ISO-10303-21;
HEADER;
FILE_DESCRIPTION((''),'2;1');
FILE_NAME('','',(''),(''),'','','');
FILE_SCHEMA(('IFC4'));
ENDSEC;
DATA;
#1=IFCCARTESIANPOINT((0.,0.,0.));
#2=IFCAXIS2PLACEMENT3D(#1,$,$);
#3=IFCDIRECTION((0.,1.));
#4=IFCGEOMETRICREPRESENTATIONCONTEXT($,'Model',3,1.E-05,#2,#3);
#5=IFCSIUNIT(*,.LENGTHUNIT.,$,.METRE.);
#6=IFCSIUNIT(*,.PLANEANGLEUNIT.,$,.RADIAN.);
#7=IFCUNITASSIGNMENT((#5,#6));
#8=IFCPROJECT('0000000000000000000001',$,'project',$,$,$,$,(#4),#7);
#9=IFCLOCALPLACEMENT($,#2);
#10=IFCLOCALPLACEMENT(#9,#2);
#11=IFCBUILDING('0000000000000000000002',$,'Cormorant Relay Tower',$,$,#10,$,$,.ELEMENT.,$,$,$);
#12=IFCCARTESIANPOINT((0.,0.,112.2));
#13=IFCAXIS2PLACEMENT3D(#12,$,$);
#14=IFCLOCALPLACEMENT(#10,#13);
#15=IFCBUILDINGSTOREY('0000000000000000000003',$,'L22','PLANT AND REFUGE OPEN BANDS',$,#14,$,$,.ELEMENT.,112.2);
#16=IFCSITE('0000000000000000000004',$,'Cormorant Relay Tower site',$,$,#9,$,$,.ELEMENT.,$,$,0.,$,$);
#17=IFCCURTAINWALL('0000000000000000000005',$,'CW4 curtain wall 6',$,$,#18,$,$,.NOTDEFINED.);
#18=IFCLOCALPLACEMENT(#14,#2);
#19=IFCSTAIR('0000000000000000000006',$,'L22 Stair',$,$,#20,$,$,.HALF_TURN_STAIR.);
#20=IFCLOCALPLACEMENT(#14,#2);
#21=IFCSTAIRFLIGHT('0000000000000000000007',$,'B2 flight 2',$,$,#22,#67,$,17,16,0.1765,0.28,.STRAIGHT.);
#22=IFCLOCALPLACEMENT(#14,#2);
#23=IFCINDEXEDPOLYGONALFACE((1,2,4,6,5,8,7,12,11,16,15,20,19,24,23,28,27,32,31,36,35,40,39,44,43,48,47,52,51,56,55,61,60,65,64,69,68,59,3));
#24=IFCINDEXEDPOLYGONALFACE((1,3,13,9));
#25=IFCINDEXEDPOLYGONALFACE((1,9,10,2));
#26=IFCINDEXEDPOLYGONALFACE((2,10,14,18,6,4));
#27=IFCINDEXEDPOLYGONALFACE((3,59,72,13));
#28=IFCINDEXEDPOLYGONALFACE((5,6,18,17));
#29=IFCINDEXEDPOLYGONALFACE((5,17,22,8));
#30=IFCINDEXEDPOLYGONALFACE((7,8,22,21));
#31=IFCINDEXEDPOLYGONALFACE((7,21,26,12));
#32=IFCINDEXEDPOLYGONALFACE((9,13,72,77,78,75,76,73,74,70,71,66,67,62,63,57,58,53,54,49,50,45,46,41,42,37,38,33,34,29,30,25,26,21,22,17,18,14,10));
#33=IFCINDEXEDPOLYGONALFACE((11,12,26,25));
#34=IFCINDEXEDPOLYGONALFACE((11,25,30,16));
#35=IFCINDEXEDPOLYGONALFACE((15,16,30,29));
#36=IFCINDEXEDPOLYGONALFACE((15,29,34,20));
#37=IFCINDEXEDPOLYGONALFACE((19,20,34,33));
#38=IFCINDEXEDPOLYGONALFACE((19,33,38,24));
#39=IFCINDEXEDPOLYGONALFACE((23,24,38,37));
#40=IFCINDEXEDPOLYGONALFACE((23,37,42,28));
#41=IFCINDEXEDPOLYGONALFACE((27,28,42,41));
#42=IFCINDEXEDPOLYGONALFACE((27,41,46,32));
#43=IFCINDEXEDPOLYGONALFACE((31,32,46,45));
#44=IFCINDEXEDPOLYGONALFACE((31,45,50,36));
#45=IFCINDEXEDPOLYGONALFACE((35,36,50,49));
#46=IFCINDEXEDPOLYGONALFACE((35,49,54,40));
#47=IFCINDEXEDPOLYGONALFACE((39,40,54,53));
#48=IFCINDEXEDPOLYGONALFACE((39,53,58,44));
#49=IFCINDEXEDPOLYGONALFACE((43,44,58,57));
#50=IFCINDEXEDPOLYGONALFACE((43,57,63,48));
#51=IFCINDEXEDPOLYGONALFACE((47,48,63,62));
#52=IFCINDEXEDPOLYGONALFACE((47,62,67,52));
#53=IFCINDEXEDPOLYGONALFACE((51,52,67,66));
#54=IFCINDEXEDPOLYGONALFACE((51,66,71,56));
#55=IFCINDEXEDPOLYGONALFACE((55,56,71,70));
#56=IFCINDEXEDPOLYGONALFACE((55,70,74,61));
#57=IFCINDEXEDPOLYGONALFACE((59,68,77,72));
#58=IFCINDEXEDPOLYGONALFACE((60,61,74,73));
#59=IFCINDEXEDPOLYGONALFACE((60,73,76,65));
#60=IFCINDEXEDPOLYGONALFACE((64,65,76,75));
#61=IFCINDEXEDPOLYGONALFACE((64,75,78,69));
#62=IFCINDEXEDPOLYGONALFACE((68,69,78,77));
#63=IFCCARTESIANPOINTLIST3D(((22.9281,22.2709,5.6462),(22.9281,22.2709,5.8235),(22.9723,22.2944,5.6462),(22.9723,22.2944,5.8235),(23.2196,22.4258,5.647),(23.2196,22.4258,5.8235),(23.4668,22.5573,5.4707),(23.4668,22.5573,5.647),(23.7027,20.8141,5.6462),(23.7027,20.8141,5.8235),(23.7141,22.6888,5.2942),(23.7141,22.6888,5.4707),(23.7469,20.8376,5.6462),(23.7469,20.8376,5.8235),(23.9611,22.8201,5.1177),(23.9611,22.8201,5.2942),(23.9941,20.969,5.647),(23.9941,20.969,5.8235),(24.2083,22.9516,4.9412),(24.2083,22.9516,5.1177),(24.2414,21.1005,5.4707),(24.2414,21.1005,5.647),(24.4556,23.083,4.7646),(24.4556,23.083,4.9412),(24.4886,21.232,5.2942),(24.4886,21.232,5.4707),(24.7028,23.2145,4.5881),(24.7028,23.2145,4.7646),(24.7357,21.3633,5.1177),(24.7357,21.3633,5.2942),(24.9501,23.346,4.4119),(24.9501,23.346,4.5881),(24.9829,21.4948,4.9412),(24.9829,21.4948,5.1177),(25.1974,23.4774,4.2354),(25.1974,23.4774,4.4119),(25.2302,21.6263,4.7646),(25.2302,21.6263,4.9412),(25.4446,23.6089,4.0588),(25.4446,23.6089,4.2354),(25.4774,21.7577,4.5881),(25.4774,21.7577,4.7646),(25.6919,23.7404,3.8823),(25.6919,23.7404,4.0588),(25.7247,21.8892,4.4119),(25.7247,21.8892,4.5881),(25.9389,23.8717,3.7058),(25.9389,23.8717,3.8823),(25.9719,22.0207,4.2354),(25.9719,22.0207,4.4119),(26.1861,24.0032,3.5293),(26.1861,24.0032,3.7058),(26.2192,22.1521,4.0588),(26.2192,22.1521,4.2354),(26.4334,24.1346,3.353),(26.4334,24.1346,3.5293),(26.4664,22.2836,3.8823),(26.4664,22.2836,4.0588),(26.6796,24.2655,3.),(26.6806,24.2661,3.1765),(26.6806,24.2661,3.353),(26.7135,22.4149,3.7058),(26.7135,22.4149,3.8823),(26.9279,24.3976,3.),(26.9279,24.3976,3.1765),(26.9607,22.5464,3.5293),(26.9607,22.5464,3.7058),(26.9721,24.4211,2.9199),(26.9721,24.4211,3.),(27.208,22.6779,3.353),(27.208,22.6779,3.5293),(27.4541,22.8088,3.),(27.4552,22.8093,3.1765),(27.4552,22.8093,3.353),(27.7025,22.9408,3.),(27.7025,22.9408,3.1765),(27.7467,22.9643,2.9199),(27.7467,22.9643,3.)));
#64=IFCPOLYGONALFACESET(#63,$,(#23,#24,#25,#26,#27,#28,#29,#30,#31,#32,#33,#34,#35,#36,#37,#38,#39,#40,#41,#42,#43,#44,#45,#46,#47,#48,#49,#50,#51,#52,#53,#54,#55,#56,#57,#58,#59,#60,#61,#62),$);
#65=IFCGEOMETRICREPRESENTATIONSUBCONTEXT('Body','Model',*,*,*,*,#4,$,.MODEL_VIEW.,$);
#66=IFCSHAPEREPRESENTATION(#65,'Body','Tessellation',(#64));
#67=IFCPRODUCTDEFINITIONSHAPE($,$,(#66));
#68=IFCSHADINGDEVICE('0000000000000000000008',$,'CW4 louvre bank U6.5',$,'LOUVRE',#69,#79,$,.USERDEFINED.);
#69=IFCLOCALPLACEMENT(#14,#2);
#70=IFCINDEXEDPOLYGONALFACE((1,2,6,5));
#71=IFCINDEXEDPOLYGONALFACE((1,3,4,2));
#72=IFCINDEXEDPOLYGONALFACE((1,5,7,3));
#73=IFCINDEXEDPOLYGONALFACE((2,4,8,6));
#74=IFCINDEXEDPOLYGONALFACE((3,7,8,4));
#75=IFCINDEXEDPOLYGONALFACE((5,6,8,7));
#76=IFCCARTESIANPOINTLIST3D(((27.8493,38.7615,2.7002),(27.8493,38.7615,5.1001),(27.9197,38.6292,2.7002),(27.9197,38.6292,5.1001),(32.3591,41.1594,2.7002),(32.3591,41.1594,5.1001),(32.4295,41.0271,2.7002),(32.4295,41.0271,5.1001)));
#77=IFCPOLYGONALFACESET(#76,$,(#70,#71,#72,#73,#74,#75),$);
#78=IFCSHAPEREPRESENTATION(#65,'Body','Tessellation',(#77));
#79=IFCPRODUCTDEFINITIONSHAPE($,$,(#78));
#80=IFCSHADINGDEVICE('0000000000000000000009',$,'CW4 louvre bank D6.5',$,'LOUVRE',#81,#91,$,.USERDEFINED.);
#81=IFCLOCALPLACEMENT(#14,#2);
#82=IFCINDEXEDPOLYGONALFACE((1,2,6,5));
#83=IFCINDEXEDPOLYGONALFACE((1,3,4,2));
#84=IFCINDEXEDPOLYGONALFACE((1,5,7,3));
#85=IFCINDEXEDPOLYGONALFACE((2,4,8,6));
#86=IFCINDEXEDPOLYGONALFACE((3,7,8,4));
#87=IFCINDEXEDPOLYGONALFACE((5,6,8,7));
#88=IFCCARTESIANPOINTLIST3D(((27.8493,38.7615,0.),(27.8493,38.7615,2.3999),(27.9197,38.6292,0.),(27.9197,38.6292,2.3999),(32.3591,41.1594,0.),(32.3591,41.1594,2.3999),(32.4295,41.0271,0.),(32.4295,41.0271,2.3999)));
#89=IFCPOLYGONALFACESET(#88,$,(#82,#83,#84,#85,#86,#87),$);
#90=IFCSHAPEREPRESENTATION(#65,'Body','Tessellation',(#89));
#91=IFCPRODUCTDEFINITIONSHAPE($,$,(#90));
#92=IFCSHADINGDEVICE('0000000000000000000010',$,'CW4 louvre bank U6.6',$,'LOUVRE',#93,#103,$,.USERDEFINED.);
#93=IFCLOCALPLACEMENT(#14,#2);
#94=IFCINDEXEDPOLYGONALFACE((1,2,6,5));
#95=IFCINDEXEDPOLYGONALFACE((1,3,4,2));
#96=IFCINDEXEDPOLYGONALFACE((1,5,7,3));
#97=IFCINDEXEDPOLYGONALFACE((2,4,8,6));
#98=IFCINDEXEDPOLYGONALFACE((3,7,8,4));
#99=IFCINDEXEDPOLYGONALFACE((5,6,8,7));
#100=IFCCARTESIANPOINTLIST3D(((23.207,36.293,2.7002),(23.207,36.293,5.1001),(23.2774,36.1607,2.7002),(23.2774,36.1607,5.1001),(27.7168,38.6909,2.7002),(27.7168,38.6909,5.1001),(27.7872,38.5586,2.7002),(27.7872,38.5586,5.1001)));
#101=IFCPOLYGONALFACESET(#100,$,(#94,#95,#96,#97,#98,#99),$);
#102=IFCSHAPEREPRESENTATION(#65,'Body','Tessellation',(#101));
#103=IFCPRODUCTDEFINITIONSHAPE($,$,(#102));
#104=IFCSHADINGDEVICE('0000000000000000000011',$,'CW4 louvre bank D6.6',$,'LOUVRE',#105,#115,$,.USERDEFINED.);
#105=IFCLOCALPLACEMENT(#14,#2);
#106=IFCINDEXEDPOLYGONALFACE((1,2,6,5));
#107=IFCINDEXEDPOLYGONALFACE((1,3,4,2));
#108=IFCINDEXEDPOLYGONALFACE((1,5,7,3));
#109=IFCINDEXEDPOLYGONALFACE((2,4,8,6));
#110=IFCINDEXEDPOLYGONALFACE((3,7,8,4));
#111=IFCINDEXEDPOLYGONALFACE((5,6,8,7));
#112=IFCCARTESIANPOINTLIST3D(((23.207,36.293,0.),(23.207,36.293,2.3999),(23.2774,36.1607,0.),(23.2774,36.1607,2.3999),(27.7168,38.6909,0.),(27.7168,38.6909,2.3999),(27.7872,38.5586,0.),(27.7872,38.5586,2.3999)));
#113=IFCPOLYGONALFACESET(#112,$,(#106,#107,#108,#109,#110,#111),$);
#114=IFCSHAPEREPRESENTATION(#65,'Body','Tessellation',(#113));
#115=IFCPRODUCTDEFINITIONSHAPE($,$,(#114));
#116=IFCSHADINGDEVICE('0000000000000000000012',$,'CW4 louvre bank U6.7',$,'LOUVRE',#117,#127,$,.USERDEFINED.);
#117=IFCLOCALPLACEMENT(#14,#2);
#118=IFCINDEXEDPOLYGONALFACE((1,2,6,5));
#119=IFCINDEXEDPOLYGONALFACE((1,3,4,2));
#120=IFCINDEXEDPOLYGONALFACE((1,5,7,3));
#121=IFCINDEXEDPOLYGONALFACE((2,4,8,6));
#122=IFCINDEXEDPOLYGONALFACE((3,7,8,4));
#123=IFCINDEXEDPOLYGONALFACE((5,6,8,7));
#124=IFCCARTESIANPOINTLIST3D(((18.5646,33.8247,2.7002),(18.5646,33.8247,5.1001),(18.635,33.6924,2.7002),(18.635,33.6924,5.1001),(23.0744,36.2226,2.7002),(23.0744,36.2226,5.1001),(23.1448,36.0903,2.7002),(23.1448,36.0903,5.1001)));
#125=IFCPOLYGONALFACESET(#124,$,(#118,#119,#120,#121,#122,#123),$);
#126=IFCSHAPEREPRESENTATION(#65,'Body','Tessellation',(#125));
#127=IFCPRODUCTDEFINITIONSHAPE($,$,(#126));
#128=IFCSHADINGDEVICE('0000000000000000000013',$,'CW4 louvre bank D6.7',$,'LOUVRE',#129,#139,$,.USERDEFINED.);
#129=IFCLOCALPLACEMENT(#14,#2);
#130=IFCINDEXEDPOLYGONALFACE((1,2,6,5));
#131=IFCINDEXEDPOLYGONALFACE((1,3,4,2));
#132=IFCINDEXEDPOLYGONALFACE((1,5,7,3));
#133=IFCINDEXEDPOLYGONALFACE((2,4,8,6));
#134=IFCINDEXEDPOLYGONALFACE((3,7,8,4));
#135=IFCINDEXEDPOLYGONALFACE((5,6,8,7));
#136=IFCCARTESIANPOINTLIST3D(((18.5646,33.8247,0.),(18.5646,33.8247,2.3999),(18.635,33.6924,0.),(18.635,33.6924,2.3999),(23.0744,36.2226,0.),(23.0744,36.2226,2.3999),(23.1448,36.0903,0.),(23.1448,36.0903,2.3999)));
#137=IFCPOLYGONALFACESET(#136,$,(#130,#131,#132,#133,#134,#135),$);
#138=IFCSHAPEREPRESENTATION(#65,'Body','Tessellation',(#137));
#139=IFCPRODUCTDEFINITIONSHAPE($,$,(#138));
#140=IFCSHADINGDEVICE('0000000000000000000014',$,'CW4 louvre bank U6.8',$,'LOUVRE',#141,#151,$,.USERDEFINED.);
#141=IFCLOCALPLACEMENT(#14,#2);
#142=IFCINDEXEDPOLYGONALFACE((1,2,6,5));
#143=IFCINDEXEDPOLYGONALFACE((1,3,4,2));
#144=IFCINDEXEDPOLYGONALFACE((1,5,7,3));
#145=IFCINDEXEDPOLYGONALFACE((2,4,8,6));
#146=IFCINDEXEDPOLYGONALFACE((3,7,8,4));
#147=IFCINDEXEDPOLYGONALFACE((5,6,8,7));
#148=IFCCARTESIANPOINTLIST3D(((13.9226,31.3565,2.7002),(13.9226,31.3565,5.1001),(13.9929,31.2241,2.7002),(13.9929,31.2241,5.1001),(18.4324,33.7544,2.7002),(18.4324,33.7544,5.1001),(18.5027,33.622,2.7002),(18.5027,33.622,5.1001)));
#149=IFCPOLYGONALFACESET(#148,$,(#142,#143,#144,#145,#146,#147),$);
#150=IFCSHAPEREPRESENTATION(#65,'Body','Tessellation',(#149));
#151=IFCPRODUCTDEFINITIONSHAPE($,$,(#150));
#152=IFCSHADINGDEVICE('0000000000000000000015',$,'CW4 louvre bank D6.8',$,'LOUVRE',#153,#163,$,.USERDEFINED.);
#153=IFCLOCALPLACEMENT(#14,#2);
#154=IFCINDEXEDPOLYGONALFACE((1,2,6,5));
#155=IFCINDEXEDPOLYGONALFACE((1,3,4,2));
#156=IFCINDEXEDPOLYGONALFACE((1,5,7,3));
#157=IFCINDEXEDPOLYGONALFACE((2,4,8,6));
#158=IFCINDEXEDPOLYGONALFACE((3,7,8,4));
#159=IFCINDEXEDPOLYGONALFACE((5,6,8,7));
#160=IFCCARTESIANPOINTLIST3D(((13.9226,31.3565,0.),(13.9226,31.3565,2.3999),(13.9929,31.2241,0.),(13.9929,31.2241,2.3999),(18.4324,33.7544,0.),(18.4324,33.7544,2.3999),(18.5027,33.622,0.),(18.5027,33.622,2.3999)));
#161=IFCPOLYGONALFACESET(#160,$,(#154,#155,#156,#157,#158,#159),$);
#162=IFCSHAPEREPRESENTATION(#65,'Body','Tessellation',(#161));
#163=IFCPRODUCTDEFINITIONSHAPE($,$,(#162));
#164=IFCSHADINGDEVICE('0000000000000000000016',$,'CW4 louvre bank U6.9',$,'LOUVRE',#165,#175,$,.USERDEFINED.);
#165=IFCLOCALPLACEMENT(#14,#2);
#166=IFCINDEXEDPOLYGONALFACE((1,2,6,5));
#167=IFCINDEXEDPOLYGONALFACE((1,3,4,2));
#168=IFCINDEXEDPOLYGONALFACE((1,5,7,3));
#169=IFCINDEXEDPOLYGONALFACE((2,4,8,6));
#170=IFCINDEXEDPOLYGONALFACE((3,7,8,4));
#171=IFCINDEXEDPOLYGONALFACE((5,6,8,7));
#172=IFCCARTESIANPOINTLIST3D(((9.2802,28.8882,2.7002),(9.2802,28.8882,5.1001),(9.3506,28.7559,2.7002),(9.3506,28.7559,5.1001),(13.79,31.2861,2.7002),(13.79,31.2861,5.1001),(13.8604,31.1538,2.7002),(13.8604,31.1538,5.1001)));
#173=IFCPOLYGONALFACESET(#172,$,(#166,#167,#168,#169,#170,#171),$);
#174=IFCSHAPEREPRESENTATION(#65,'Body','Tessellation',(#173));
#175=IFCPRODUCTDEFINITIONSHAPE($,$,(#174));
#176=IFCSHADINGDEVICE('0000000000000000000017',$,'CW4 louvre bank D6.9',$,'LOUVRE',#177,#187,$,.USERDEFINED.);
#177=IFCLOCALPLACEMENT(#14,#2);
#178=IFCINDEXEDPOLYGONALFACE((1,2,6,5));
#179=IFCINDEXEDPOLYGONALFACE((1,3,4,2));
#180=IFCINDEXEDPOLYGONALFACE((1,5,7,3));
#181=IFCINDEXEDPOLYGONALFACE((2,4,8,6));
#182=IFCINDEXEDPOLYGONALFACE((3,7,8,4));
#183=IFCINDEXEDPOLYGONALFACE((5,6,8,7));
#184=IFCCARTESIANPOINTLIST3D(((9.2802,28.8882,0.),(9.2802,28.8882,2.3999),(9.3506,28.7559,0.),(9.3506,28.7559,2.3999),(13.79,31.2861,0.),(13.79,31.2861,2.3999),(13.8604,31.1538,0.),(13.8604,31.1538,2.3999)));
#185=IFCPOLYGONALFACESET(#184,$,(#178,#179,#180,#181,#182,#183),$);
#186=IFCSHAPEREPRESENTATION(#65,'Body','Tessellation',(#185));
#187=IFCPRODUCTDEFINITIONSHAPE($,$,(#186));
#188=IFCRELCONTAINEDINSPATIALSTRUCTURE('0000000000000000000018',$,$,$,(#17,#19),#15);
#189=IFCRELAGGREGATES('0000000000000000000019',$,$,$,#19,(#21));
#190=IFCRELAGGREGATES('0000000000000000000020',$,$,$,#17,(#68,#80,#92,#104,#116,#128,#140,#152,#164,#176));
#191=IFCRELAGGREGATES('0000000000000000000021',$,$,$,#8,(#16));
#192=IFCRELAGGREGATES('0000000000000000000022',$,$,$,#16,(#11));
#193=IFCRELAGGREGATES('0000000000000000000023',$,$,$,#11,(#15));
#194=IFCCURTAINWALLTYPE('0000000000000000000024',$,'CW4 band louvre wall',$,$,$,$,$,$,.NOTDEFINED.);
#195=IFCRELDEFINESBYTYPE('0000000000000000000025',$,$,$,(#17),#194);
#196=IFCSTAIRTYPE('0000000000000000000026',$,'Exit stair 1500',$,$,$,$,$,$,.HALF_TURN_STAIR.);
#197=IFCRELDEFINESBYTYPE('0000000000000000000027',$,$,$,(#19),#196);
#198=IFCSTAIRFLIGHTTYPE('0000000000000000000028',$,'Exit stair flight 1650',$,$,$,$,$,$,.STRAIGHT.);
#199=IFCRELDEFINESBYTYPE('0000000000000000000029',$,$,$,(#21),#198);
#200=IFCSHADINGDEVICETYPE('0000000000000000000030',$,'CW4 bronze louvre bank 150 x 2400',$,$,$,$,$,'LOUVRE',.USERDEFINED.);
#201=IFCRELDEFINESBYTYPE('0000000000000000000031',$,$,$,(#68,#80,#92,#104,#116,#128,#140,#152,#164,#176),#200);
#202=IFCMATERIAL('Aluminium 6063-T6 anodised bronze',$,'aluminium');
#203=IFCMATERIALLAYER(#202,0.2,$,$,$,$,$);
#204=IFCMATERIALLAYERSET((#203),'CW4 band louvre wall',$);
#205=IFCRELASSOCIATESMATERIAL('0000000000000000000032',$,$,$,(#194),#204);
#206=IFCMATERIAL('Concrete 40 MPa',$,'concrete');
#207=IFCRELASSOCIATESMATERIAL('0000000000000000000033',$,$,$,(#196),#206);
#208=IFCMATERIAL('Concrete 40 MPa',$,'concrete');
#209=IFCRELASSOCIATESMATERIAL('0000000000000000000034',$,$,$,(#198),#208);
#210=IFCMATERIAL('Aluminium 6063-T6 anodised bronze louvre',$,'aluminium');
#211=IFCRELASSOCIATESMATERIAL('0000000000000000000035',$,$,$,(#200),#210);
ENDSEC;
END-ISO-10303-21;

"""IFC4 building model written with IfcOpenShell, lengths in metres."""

from ifc_helpers import new_model, si_unit, direction, frame, origin, origin_2d, place, context, subcontext, project, spatial, polyline, rectangle, outline, extrude, material, layer, layer_set, type_object, element, aggregate, save


model = new_model("IFC4")

# Units and contexts
model_context = context("Model", 3, precision=1e-05, world=origin(), true_north=direction((0.0, 1.0)))
body_context = subcontext(model_context, "Body", "Model", "MODEL_VIEW")
ifc_project = project(units=[si_unit("LENGTHUNIT", "METRE"), si_unit("PLANEANGLEUNIT", "RADIAN")], contexts=[model_context])

# Site, building, storey
site_placement = place(None, origin())
site = spatial("IfcSite", under=ifc_project, at=site_placement, Name="Cormorant Relay Tower site", CompositionType="ELEMENT", RefElevation=0.0)
building_placement = place(site_placement, origin())
building = spatial("IfcBuilding", under=site, at=building_placement, Name="Cormorant Relay Tower", CompositionType="ELEMENT")
storey_placement = place(building_placement, frame((0.0, 0.0, 112.2)))
storey = spatial("IfcBuildingStorey", under=building, at=storey_placement, Name="L22", Description="PLANT AND REFUGE OPEN BANDS", CompositionType="ELEMENT", Elevation=112.2)

# Curtain wall
ifc_material_1 = material(Name="Aluminium 6063-T6 anodised bronze", Category="aluminium")
ifc_layer_1 = layer(ifc_material_1, 0.2)
ifc_layer_set_1 = layer_set([ifc_layer_1], Name="CW4 band louvre wall")
curtain_wall_type = type_object("IfcCurtainWallType", Name="CW4 band louvre wall", PredefinedType="NOTDEFINED", material=ifc_layer_set_1)
curtain_wall_placement = place(storey_placement, origin())
curtain_wall = element("IfcCurtainWall", 1, at=curtain_wall_placement, inside=storey, type_object=curtain_wall_type, Name="CW4 curtain wall 6", PredefinedType="NOTDEFINED")

# Stair, stair flight
ifc_material_2 = material(Name="Concrete 40 MPa", Category="concrete")
stair_type = type_object("IfcStairType", Name="Exit stair 1500", PredefinedType="HALF_TURN_STAIR", material=ifc_material_2)
stair_placement = place(storey_placement, origin())
stair = element("IfcStair", 2, at=stair_placement, inside=storey, type_object=stair_type, Name="L22 Stair", PredefinedType="HALF_TURN_STAIR")
ifc_material_3 = material(Name="Concrete 40 MPa", Category="concrete")
stair_flight_type = type_object("IfcStairFlightType", Name="Exit stair flight 1650", PredefinedType="STRAIGHT", material=ifc_material_3)
stair_flight_placement = place(storey_placement, frame((27.3152, 23.6692, 3.0), z_axis=(0.0, 0.0, 1.0), x_axis=(-0.882948, -0.469472, 0.0)))
stair_flight = element("IfcStairFlight", 3, at=stair_flight_placement, type_object=stair_flight_type, Name="B2 flight 2", NumberOfRisers=17, NumberOfTreads=16, PredefinedType="STRAIGHT", RiserHeight=0.1765, TreadLength=0.28, context=body_context, shape_type="SweptSolid", body=[
    extrude(outline(polyline([(-0.05, -0.0801), (-0.05, 0.0), (0.0, 0.0), (0.0, 0.1765), (0.28, 0.1765), (0.28, 0.353), (0.5601, 0.353), (0.5601, 0.5293), (0.8401, 0.5293), (0.8401, 0.7058), (1.1201, 0.7058), (1.1201, 0.8823), (1.3999, 0.8823), (1.3999, 1.0588), (1.6799, 1.0588), (1.6799, 1.2354), (1.96, 1.2354), (1.96, 1.4119), (2.24, 1.4119), (2.24, 1.5881), (2.52, 1.5881), (2.52, 1.7646), (2.8, 1.7646), (2.8, 1.9412), (3.0801, 1.9412), (3.0801, 2.1177), (3.3601, 2.1177), (3.3601, 2.2942), (3.6399, 2.2942), (3.6399, 2.4707), (3.9199, 2.4707), (3.9199, 2.647), (4.2, 2.647), (4.2, 2.8235), (4.48, 2.8235), (4.53, 2.8235), (4.53, 2.6462), (4.48, 2.6462), (0.2812, 0.0), (-0.05, -0.0801)])), frame((0.0, 0.825, 0.0), z_axis=(0.0, -1.0, 0.0), x_axis=(1.0, 0.0, 0.0)), (0.0, 0.0, 1.0), 1.6499),
])
aggregate(stair, [stair_flight])

# Shading devices
ifc_material_4 = material(Name="Aluminium 6063-T6 anodised bronze louvre", Category="aluminium")
shading_device_type = type_object("IfcShadingDeviceType", Name="CW4 bronze louvre bank 150 x 2400", ElementType="LOUVRE", PredefinedType="USERDEFINED", material=ifc_material_4)
shading_device_1_placement = place(storey_placement, frame((30.1394, 39.8943, 2.7002), z_axis=(0.0, 0.0, 1.0), x_axis=(-0.882948, -0.469472, 0.0)))
shading_device_1 = element("IfcShadingDevice", 4, at=shading_device_1_placement, type_object=shading_device_type, Name="CW4 louvre bank U6.5", ObjectType="LOUVRE", PredefinedType="USERDEFINED", context=body_context, shape_type="SweptSolid", body=[
    extrude(rectangle(XDim=5.1077, YDim=0.1499, at=origin_2d()), origin(), (0.0, 0.0, 1.0), 2.3999),
])
shading_device_2_placement = place(storey_placement, frame((30.1394, 39.8943, 0.0), z_axis=(0.0, 0.0, 1.0), x_axis=(-0.882948, -0.469472, 0.0)))
shading_device_2 = element("IfcShadingDevice", 5, at=shading_device_2_placement, type_object=shading_device_type, Name="CW4 louvre bank D6.5", ObjectType="LOUVRE", PredefinedType="USERDEFINED", context=body_context, shape_type="SweptSolid", body=[
    extrude(rectangle(XDim=5.1077, YDim=0.1499, at=origin_2d()), origin(), (0.0, 0.0, 1.0), 2.3999),
])
shading_device_3_placement = place(storey_placement, frame((25.4971, 37.4258, 2.7002), z_axis=(0.0, 0.0, 1.0), x_axis=(-0.882948, -0.469472, 0.0)))
shading_device_3 = element("IfcShadingDevice", 6, at=shading_device_3_placement, type_object=shading_device_type, Name="CW4 louvre bank U6.6", ObjectType="LOUVRE", PredefinedType="USERDEFINED", context=body_context, shape_type="SweptSolid", body=[
    extrude(rectangle(XDim=5.1077, YDim=0.1499, at=origin_2d()), origin(), (0.0, 0.0, 1.0), 2.3999),
])
shading_device_4_placement = place(storey_placement, frame((25.4971, 37.4258, 0.0), z_axis=(0.0, 0.0, 1.0), x_axis=(-0.882948, -0.469472, 0.0)))
shading_device_4 = element("IfcShadingDevice", 7, at=shading_device_4_placement, type_object=shading_device_type, Name="CW4 louvre bank D6.6", ObjectType="LOUVRE", PredefinedType="USERDEFINED", context=body_context, shape_type="SweptSolid", body=[
    extrude(rectangle(XDim=5.1077, YDim=0.1499, at=origin_2d()), origin(), (0.0, 0.0, 1.0), 2.3999),
])
shading_device_5_placement = place(storey_placement, frame((20.8547, 34.9575, 2.7002), z_axis=(0.0, 0.0, 1.0), x_axis=(-0.882948, -0.469472, 0.0)))
shading_device_5 = element("IfcShadingDevice", 8, at=shading_device_5_placement, type_object=shading_device_type, Name="CW4 louvre bank U6.7", ObjectType="LOUVRE", PredefinedType="USERDEFINED", context=body_context, shape_type="SweptSolid", body=[
    extrude(rectangle(XDim=5.1077, YDim=0.1499, at=origin_2d()), origin(), (0.0, 0.0, 1.0), 2.3999),
])
shading_device_6_placement = place(storey_placement, frame((20.8547, 34.9575, 0.0), z_axis=(0.0, 0.0, 1.0), x_axis=(-0.882948, -0.469472, 0.0)))
shading_device_6 = element("IfcShadingDevice", 9, at=shading_device_6_placement, type_object=shading_device_type, Name="CW4 louvre bank D6.7", ObjectType="LOUVRE", PredefinedType="USERDEFINED", context=body_context, shape_type="SweptSolid", body=[
    extrude(rectangle(XDim=5.1077, YDim=0.1499, at=origin_2d()), origin(), (0.0, 0.0, 1.0), 2.3999),
])
shading_device_7_placement = place(storey_placement, frame((16.2126, 32.4893, 2.7002), z_axis=(0.0, 0.0, 1.0), x_axis=(-0.882948, -0.469472, 0.0)))
shading_device_7 = element("IfcShadingDevice", 10, at=shading_device_7_placement, type_object=shading_device_type, Name="CW4 louvre bank U6.8", ObjectType="LOUVRE", PredefinedType="USERDEFINED", context=body_context, shape_type="SweptSolid", body=[
    extrude(rectangle(XDim=5.1077, YDim=0.1499, at=origin_2d()), origin(), (0.0, 0.0, 1.0), 2.3999),
])
shading_device_8_placement = place(storey_placement, frame((16.2126, 32.4893, 0.0), z_axis=(0.0, 0.0, 1.0), x_axis=(-0.882948, -0.469472, 0.0)))
shading_device_8 = element("IfcShadingDevice", 11, at=shading_device_8_placement, type_object=shading_device_type, Name="CW4 louvre bank D6.8", ObjectType="LOUVRE", PredefinedType="USERDEFINED", context=body_context, shape_type="SweptSolid", body=[
    extrude(rectangle(XDim=5.1077, YDim=0.1499, at=origin_2d()), origin(), (0.0, 0.0, 1.0), 2.3999),
])
shading_device_9_placement = place(storey_placement, frame((11.5703, 30.021, 2.7002), z_axis=(0.0, 0.0, 1.0), x_axis=(-0.882948, -0.469472, 0.0)))
shading_device_9 = element("IfcShadingDevice", 12, at=shading_device_9_placement, type_object=shading_device_type, Name="CW4 louvre bank U6.9", ObjectType="LOUVRE", PredefinedType="USERDEFINED", context=body_context, shape_type="SweptSolid", body=[
    extrude(rectangle(XDim=5.1077, YDim=0.1499, at=origin_2d()), origin(), (0.0, 0.0, 1.0), 2.3999),
])
shading_device_10_placement = place(storey_placement, frame((11.5703, 30.021, 0.0), z_axis=(0.0, 0.0, 1.0), x_axis=(-0.882948, -0.469472, 0.0)))
shading_device_10 = element("IfcShadingDevice", 13, at=shading_device_10_placement, type_object=shading_device_type, Name="CW4 louvre bank D6.9", ObjectType="LOUVRE", PredefinedType="USERDEFINED", context=body_context, shape_type="SweptSolid", body=[
    extrude(rectangle(XDim=5.1077, YDim=0.1499, at=origin_2d()), origin(), (0.0, 0.0, 1.0), 2.3999),
])
aggregate(curtain_wall, [shading_device_1, shading_device_2, shading_device_3, shading_device_4, shading_device_5, shading_device_6, shading_device_7, shading_device_8, shading_device_9, shading_device_10])

save(model, "model.ifc")
